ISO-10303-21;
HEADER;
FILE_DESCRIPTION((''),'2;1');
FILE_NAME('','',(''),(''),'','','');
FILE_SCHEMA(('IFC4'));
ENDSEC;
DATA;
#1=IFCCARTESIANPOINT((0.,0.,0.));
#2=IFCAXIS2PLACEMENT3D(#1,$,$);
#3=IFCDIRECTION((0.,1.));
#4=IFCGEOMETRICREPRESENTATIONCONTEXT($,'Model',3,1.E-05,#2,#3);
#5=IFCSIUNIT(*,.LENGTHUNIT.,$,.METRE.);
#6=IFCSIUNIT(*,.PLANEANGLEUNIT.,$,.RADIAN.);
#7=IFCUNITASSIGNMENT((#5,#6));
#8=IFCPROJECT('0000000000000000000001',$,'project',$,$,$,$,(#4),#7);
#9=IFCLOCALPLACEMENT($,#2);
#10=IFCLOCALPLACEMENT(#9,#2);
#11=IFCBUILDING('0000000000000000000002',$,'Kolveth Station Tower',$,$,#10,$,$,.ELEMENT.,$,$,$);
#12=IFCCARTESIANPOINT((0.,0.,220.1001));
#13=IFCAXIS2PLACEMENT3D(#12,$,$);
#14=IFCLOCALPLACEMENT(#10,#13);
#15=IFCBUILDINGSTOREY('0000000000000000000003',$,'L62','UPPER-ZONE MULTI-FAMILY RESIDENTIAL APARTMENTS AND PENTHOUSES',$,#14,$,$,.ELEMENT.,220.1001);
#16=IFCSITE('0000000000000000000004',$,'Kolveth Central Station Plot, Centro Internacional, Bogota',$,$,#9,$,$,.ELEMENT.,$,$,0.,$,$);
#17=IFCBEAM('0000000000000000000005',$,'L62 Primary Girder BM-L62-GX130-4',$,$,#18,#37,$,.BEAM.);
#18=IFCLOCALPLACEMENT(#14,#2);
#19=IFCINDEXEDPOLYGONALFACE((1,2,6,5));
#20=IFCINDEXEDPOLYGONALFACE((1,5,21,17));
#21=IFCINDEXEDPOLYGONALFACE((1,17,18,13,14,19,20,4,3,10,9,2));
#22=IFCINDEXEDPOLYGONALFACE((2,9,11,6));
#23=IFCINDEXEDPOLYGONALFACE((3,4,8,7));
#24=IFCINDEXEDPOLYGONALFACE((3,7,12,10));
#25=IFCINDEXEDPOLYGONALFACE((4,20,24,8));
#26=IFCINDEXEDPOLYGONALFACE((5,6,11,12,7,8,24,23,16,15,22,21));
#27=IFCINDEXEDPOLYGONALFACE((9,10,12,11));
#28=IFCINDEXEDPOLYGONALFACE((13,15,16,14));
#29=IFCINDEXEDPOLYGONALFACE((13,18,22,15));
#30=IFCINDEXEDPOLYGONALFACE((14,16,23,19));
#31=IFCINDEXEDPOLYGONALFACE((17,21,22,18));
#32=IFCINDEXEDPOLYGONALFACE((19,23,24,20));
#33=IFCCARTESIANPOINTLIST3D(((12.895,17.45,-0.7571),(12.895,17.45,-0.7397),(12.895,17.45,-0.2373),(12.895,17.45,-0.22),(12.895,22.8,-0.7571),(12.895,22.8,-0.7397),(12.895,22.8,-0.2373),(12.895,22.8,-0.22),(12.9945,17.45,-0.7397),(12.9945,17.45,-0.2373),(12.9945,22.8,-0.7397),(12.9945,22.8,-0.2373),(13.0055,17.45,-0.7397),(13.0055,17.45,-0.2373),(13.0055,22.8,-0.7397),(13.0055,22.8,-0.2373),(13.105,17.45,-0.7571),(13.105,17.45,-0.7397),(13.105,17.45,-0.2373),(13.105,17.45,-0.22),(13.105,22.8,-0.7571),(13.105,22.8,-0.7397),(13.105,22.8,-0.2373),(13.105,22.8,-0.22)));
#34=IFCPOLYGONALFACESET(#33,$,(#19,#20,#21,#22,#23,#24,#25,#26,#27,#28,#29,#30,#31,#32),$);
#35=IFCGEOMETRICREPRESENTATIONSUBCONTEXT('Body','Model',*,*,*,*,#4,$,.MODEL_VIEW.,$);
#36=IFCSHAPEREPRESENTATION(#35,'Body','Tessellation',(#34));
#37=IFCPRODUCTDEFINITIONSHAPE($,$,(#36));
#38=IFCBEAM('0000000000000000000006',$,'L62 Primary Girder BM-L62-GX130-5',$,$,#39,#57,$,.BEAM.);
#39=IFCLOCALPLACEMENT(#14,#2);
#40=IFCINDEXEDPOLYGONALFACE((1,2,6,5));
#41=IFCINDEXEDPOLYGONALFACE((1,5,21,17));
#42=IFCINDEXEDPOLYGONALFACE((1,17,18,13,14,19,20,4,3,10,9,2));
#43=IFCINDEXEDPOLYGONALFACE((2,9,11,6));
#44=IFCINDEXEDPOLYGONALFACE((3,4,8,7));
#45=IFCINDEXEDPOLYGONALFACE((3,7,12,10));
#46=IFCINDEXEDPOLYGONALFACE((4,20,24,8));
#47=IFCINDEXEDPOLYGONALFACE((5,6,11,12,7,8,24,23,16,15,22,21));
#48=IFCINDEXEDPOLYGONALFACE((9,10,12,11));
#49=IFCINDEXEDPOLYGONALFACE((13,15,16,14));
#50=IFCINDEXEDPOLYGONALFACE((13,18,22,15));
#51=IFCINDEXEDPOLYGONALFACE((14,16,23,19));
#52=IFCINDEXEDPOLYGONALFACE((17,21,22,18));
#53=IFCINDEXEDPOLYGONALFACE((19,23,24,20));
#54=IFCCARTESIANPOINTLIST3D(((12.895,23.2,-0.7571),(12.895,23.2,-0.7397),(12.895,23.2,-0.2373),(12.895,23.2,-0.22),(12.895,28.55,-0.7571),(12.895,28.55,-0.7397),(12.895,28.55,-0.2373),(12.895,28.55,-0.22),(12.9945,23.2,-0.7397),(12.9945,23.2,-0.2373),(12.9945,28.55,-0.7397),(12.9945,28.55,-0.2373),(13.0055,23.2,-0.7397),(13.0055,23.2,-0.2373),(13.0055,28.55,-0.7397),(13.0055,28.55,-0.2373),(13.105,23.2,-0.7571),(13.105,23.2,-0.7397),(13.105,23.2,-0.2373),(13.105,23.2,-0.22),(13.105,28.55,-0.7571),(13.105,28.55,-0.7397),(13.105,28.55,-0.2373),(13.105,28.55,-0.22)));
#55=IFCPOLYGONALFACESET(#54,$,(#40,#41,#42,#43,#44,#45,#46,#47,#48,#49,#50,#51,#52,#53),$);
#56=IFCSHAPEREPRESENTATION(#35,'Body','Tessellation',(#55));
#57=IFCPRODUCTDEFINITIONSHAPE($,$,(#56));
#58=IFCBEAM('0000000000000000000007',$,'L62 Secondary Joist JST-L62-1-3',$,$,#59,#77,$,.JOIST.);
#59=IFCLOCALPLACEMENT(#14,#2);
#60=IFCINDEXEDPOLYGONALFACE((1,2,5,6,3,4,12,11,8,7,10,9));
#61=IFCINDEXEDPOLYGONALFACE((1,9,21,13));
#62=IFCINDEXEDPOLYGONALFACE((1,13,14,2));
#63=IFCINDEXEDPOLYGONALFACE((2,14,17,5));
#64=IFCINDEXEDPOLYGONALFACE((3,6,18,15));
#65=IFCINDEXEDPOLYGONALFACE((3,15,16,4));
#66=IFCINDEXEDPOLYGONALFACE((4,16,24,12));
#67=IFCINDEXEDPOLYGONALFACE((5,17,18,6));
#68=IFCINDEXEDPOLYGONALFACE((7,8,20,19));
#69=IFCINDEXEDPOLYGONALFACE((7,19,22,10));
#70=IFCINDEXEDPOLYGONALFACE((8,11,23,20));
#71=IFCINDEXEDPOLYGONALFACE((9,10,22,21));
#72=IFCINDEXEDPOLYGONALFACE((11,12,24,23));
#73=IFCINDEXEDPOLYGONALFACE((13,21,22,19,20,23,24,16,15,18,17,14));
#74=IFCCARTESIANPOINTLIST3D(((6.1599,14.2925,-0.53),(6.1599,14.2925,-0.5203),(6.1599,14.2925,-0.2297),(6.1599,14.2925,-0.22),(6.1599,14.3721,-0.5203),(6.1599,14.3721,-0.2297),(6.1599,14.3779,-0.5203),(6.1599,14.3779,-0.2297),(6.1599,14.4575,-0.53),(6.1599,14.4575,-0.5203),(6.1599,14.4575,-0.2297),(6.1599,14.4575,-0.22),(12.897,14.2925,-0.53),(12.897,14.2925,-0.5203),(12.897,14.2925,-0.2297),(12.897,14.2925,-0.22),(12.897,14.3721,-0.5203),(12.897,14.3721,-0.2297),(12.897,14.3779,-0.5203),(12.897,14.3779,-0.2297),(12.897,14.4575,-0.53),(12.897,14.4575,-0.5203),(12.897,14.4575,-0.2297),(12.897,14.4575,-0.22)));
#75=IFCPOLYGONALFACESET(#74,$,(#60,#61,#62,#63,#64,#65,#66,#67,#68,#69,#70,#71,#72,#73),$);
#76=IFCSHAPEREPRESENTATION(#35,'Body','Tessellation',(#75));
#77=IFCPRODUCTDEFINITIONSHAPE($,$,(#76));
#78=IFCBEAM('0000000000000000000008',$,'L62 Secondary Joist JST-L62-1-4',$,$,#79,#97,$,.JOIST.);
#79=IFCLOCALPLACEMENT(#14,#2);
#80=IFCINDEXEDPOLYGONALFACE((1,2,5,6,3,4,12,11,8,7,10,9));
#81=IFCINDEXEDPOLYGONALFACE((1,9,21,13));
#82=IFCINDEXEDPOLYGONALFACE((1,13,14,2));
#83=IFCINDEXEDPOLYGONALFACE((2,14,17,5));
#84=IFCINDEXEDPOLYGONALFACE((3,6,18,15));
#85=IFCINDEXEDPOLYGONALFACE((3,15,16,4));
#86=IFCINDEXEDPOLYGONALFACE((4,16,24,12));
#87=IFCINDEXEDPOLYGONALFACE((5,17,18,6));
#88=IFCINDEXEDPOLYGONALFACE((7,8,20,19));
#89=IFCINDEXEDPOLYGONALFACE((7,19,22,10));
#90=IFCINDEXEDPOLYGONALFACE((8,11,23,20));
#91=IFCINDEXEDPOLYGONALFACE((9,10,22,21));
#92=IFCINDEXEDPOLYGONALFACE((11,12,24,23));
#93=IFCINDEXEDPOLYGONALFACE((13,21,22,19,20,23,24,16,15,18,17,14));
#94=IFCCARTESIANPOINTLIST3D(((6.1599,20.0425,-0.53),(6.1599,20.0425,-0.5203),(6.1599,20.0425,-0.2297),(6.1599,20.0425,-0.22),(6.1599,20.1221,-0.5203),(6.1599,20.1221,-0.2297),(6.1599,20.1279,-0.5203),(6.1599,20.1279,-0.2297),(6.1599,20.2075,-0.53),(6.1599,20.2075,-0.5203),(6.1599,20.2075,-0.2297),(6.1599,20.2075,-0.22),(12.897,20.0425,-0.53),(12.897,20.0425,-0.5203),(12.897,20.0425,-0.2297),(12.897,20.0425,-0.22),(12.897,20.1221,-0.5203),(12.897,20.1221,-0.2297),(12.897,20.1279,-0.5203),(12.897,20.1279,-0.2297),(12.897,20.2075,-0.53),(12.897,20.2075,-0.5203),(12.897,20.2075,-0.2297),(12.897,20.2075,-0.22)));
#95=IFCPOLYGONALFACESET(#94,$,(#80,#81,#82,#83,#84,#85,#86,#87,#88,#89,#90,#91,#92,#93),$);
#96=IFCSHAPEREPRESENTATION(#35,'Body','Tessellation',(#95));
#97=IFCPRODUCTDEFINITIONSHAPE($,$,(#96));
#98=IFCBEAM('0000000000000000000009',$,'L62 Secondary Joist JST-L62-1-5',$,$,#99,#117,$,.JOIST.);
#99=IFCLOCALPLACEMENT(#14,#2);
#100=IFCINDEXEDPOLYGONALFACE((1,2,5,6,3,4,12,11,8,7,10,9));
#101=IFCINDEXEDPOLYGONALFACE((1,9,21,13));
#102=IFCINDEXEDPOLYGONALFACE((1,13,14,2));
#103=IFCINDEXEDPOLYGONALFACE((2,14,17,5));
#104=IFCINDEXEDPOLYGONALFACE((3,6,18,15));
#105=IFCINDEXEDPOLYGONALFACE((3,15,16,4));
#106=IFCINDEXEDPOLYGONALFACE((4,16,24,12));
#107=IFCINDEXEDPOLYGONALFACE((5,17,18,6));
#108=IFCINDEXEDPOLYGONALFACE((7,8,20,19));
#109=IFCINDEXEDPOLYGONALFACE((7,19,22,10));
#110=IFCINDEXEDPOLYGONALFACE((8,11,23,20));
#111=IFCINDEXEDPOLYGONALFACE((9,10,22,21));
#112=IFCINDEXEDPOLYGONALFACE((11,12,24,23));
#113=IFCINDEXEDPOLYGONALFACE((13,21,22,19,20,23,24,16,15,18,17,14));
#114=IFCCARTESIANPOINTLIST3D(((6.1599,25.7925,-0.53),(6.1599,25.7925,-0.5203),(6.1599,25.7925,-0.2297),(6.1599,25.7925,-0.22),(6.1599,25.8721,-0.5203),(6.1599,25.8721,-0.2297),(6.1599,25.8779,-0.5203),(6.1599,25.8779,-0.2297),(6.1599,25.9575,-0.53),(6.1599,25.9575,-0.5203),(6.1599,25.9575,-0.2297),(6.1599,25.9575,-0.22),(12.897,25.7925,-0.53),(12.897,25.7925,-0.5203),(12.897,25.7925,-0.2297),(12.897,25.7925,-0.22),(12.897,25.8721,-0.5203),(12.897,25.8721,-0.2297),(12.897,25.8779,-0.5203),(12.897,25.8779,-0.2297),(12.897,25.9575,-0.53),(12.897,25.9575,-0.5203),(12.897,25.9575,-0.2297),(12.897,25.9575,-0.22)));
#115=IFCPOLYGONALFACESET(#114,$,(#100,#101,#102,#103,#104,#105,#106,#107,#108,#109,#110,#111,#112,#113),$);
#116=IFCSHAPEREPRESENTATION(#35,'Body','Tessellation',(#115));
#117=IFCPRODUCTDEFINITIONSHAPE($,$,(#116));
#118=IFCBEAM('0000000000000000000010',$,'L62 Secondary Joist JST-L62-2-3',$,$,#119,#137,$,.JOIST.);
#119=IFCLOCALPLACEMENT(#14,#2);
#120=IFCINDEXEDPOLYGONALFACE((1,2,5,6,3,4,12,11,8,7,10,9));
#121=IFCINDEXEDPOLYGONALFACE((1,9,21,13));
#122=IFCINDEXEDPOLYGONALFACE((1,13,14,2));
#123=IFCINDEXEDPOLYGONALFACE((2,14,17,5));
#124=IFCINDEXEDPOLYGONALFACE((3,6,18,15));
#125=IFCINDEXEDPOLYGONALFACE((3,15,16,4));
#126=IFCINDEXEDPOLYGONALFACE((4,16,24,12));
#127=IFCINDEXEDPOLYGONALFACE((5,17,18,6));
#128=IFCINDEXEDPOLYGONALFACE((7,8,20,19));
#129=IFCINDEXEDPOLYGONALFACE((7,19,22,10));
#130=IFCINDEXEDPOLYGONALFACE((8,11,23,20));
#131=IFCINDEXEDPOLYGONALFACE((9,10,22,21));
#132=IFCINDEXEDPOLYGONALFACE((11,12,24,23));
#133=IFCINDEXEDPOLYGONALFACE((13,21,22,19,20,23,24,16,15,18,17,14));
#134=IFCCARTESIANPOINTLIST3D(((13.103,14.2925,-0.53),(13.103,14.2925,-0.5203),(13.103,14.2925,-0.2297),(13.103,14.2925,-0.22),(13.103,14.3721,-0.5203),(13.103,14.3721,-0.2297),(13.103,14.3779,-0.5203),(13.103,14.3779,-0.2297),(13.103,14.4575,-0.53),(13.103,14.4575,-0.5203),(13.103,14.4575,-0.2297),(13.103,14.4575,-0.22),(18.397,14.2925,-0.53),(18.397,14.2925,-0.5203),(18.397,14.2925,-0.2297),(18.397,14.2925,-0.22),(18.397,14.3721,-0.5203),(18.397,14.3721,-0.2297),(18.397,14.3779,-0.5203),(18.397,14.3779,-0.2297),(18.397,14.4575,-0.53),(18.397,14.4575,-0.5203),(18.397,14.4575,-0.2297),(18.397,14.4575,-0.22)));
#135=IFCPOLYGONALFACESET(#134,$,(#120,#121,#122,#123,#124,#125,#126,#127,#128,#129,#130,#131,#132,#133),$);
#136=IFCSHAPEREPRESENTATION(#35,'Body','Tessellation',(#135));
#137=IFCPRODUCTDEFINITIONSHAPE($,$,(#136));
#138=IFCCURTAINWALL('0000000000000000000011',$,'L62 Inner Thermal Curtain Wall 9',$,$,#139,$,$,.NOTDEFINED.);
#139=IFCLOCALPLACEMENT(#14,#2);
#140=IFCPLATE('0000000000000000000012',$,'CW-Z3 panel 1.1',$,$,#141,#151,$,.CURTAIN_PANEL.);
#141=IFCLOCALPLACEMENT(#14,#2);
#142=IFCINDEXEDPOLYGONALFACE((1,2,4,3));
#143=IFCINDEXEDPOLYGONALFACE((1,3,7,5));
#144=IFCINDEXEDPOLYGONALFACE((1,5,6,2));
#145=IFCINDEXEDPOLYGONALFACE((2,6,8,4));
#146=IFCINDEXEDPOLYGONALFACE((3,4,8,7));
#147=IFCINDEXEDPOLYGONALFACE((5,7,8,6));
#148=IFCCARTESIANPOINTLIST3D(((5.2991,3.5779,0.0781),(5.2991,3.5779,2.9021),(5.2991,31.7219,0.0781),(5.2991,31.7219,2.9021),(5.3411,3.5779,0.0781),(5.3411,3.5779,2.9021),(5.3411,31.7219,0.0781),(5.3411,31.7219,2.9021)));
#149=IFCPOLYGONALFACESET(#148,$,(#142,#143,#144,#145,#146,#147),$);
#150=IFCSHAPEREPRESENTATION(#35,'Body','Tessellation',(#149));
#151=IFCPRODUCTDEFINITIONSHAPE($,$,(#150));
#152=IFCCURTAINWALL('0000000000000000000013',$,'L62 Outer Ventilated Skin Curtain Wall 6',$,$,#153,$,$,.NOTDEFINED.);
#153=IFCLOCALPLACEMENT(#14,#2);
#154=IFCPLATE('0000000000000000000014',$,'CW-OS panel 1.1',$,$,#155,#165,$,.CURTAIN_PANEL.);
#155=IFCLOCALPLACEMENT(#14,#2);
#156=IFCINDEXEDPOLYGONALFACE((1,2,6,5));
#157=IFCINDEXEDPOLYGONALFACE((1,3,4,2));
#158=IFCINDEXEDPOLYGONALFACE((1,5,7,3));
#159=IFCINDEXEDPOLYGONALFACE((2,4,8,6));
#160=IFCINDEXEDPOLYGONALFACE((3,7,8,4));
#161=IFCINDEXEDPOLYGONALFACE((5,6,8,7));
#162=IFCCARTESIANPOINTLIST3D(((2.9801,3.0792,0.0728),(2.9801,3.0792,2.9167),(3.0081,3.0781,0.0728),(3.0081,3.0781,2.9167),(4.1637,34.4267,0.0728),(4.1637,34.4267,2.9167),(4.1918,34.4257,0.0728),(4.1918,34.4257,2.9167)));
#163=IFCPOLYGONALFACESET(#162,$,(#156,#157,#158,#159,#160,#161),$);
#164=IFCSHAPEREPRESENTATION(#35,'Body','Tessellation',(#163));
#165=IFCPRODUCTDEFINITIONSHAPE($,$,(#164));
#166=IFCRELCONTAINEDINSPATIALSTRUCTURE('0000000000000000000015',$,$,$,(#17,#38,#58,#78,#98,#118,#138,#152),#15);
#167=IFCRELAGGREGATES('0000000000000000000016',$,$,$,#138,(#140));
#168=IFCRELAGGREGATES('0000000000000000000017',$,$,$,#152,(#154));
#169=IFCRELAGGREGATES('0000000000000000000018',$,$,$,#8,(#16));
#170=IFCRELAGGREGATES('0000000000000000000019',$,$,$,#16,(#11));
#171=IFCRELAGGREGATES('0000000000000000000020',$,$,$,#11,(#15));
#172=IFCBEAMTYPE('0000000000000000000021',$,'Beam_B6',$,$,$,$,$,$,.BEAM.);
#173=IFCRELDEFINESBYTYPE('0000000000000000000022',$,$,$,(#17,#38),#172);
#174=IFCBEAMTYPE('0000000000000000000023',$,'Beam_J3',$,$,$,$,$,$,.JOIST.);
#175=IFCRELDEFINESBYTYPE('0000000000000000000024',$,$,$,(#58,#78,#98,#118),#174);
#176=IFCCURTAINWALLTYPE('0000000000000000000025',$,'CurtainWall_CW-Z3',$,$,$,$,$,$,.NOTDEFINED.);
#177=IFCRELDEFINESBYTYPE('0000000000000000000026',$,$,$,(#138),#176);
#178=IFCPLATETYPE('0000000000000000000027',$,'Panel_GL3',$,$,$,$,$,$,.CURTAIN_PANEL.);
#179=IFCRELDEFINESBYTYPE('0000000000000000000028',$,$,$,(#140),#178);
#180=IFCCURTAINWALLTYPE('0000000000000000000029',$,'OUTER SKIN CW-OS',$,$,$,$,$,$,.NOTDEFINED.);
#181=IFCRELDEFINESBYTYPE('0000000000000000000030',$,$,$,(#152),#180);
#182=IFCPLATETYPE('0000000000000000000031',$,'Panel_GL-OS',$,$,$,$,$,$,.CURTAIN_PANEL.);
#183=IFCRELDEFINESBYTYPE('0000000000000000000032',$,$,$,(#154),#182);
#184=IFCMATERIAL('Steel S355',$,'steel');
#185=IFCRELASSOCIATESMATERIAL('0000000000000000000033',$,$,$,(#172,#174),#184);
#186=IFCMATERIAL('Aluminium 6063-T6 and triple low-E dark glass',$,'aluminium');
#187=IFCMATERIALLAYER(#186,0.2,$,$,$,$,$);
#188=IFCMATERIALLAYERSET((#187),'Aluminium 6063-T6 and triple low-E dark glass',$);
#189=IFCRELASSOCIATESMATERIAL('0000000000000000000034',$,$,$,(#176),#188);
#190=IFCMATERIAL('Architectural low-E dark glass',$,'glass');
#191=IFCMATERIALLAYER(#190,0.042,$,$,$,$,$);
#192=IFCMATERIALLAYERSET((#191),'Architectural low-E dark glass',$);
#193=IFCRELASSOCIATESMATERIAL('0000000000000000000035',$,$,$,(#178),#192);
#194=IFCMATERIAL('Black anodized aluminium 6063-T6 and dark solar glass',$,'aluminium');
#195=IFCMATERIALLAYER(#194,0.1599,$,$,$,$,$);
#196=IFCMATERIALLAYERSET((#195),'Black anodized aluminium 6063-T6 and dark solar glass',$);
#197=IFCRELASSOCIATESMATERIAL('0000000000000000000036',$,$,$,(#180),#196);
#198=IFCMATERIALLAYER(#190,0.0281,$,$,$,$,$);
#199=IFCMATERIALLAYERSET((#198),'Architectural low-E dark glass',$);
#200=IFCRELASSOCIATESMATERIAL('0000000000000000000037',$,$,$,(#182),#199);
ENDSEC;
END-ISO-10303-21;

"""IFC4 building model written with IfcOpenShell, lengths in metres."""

from ifc_helpers import new_model, si_unit, direction, frame, origin, origin_2d, place, context, subcontext, project, spatial, rectangle, i_section, extrude, source, transform, mapped, material, layer, layer_set, material_profile, profile_set, type_object, element, aggregate, save


model = new_model("IFC4")

# Units and contexts
model_context = context("Model", 3, precision=1e-05, world=origin(), true_north=direction((0.0, 1.0)))
body_context = subcontext(model_context, "Body", "Model", "MODEL_VIEW")
ifc_project = project(units=[si_unit("LENGTHUNIT", "METRE"), si_unit("PLANEANGLEUNIT", "RADIAN")], contexts=[model_context])

# Site, building, storey
site_placement = place(None, origin())
site = spatial("IfcSite", under=ifc_project, at=site_placement, Name="Kolveth Central Station Plot, Centro Internacional, Bogota", CompositionType="ELEMENT", RefElevation=0.0)
building_placement = place(site_placement, origin())
building = spatial("IfcBuilding", under=site, at=building_placement, Name="Kolveth Station Tower", CompositionType="ELEMENT")
storey_placement = place(building_placement, frame((0.0, 0.0, 220.1001)))
storey = spatial("IfcBuildingStorey", under=building, at=storey_placement, Name="L62", Description="UPPER-ZONE MULTI-FAMILY RESIDENTIAL APARTMENTS AND PENTHOUSES", CompositionType="ELEMENT", Elevation=220.1001)

# Shared definitions
ifc_material_1 = material(Name="Steel S355", Category="steel")

# Beams
ifc_material_profile_1 = material_profile(ifc_material_1, i_section(OverallWidth=0.21, OverallDepth=0.5371, WebThickness=0.011, FlangeThickness=0.0173, at=origin_2d()), Name="W530x101")
ifc_profile_set_1 = profile_set([ifc_material_profile_1], Name="Steel S355")
beam_type_1 = type_object("IfcBeamType", Name="Beam_B6", PredefinedType="BEAM", material=ifc_profile_set_1)
shared_shape_1 = source(origin(), body_context, "Body", "SweptSolid", [
    extrude(i_section(OverallWidth=0.21, OverallDepth=0.5371, WebThickness=0.011, FlangeThickness=0.0173, at=origin_2d()), origin(), (0.0, 0.0, 1.0), 5.3501),
])
for number, where, z_axis, x_axis, name in (
    (1, (13.0, 17.45, -0.4885), (0.0, 1.0, 0.0), (-1.0, 0.0, 0.0), "L62 Primary Girder BM-L62-GX130-4"),
    (2, (13.0, 23.2, -0.4885), (0.0, 1.0, 0.0), (-1.0, 0.0, 0.0), "L62 Primary Girder BM-L62-GX130-5"),
):
    element("IfcBeam", number, at=place(storey_placement, frame(where, z_axis=z_axis, x_axis=x_axis)), inside=storey, type_object=beam_type_1, Name=name, PredefinedType="BEAM", context=body_context, shape_type="MappedRepresentation", body=[
        mapped(shared_shape_1, transform((0.0, 0.0, 0.0), x_axis=(1.0, 0.0, 0.0), y_axis=(0.0, 1.0, 0.0), z_axis=(0.0, 0.0, 1.0), scale=1.0)),
    ])
ifc_material_profile_2 = material_profile(ifc_material_1, i_section(OverallWidth=0.165, OverallDepth=0.3101, WebThickness=0.0059, FlangeThickness=0.0098, at=origin_2d()), Name="W310x39")
ifc_profile_set_2 = profile_set([ifc_material_profile_2], Name="Steel S355")
beam_type_2 = type_object("IfcBeamType", Name="Beam_J3", PredefinedType="JOIST", material=ifc_profile_set_2)
shared_shape_2 = source(origin(), body_context, "Body", "SweptSolid", [
    extrude(i_section(OverallWidth=0.165, OverallDepth=0.3101, WebThickness=0.0059, FlangeThickness=0.0098, at=origin_2d()), origin(), (0.0, 0.0, 1.0), 6.7371),
])
for number, where, z_axis, x_axis, name in (
    (3, (6.1599, 14.375, -0.375), (1.0, 0.0, 0.0), (0.0, 1.0, 0.0), "L62 Secondary Joist JST-L62-1-3"),
    (4, (6.1599, 20.125, -0.375), (1.0, 0.0, 0.0), (0.0, 1.0, 0.0), "L62 Secondary Joist JST-L62-1-4"),
    (5, (6.1599, 25.875, -0.375), (1.0, 0.0, 0.0), (0.0, 1.0, 0.0), "L62 Secondary Joist JST-L62-1-5"),
):
    element("IfcBeam", number, at=place(storey_placement, frame(where, z_axis=z_axis, x_axis=x_axis)), inside=storey, type_object=beam_type_2, Name=name, PredefinedType="JOIST", context=body_context, shape_type="MappedRepresentation", body=[
        mapped(shared_shape_2, transform((0.0, 0.0, 0.0), x_axis=(1.0, 0.0, 0.0), y_axis=(0.0, 1.0, 0.0), z_axis=(0.0, 0.0, 1.0), scale=1.0)),
    ])
shared_shape_3 = source(origin(), body_context, "Body", "SweptSolid", [
    extrude(i_section(OverallWidth=0.165, OverallDepth=0.3101, WebThickness=0.0059, FlangeThickness=0.0098, at=origin_2d()), origin(), (0.0, 0.0, 1.0), 5.2939),
])
beam_placement = place(storey_placement, frame((13.103, 14.375, -0.375), z_axis=(1.0, 0.0, 0.0), x_axis=(0.0, 1.0, 0.0)))
element("IfcBeam", 6, at=beam_placement, inside=storey, type_object=beam_type_2, Name="L62 Secondary Joist JST-L62-2-3", PredefinedType="JOIST", context=body_context, shape_type="MappedRepresentation", body=[
    mapped(shared_shape_3, transform((0.0, 0.0, 0.0), x_axis=(1.0, 0.0, 0.0), y_axis=(0.0, 1.0, 0.0), z_axis=(0.0, 0.0, 1.0), scale=1.0)),
])

# Curtain walls, plates
ifc_material_2 = material(Name="Aluminium 6063-T6 and triple low-E dark glass", Category="aluminium")
ifc_layer_1 = layer(ifc_material_2, 0.2)
ifc_layer_set_1 = layer_set([ifc_layer_1], Name="Aluminium 6063-T6 and triple low-E dark glass")
curtain_wall_type_1 = type_object("IfcCurtainWallType", Name="CurtainWall_CW-Z3", PredefinedType="NOTDEFINED", material=ifc_layer_set_1)
curtain_wall_1_placement = place(storey_placement, origin())
curtain_wall_1 = element("IfcCurtainWall", 7, at=curtain_wall_1_placement, inside=storey, type_object=curtain_wall_type_1, Name="L62 Inner Thermal Curtain Wall 9", PredefinedType="NOTDEFINED")
ifc_material_3 = material(Name="Architectural low-E dark glass", Category="glass")
ifc_layer_2 = layer(ifc_material_3, 0.042)
ifc_layer_set_2 = layer_set([ifc_layer_2], Name="Architectural low-E dark glass")
plate_type_1 = type_object("IfcPlateType", Name="Panel_GL3", PredefinedType="CURTAIN_PANEL", material=ifc_layer_set_2)
shared_shape_4 = source(origin(), body_context, "Body", "SweptSolid", [
    extrude(rectangle(XDim=28.144, YDim=0.042, at=origin_2d()), origin(), (0.0, 0.0, 1.0), 2.824),
])
plate_1_placement = place(storey_placement, frame((5.3201, 17.6499, 0.0781), z_axis=(0.0, 0.0, 1.0), x_axis=(0.0, -1.0, 0.0)))
plate_1 = element("IfcPlate", 8, at=plate_1_placement, type_object=plate_type_1, Name="CW-Z3 panel 1.1", PredefinedType="CURTAIN_PANEL", context=body_context, shape_type="MappedRepresentation", body=[
    mapped(shared_shape_4, transform((0.0, 0.0, 0.0), x_axis=(1.0, 0.0, 0.0), y_axis=(0.0, 1.0, 0.0), z_axis=(0.0, 0.0, 1.0), scale=1.0)),
])
aggregate(curtain_wall_1, [plate_1])
ifc_material_4 = material(Name="Black anodized aluminium 6063-T6 and dark solar glass", Category="aluminium")
ifc_layer_3 = layer(ifc_material_4, 0.1599)
ifc_layer_set_3 = layer_set([ifc_layer_3], Name="Black anodized aluminium 6063-T6 and dark solar glass")
curtain_wall_type_2 = type_object("IfcCurtainWallType", Name="OUTER SKIN CW-OS", PredefinedType="NOTDEFINED", material=ifc_layer_set_3)
curtain_wall_2_placement = place(storey_placement, origin())
curtain_wall_2 = element("IfcCurtainWall", 9, at=curtain_wall_2_placement, inside=storey, type_object=curtain_wall_type_2, Name="L62 Outer Ventilated Skin Curtain Wall 6", PredefinedType="NOTDEFINED")
ifc_layer_4 = layer(ifc_material_3, 0.0281)
ifc_layer_set_4 = layer_set([ifc_layer_4], Name="Architectural low-E dark glass")
plate_type_2 = type_object("IfcPlateType", Name="Panel_GL-OS", PredefinedType="CURTAIN_PANEL", material=ifc_layer_set_4)
shared_shape_5 = source(origin(), body_context, "Body", "SweptSolid", [
    extrude(rectangle(XDim=31.3699, YDim=0.0281, at=origin_2d()), origin(), (0.0, 0.0, 1.0), 2.844),
])
plate_2_placement = place(storey_placement, frame((3.5859, 18.7524, 0.0728), z_axis=(0.0, 0.0, 1.0), x_axis=(-0.037732, -0.999288, 0.0)))
plate_2 = element("IfcPlate", 10, at=plate_2_placement, type_object=plate_type_2, Name="CW-OS panel 1.1", PredefinedType="CURTAIN_PANEL", context=body_context, shape_type="MappedRepresentation", body=[
    mapped(shared_shape_5, transform((0.0, 0.0, 0.0), x_axis=(1.0, 0.0, 0.0), y_axis=(0.0, 1.0, 0.0), z_axis=(0.0, 0.0, 1.0), scale=1.0)),
])
aggregate(curtain_wall_2, [plate_2])

save(model, "model.ifc")
